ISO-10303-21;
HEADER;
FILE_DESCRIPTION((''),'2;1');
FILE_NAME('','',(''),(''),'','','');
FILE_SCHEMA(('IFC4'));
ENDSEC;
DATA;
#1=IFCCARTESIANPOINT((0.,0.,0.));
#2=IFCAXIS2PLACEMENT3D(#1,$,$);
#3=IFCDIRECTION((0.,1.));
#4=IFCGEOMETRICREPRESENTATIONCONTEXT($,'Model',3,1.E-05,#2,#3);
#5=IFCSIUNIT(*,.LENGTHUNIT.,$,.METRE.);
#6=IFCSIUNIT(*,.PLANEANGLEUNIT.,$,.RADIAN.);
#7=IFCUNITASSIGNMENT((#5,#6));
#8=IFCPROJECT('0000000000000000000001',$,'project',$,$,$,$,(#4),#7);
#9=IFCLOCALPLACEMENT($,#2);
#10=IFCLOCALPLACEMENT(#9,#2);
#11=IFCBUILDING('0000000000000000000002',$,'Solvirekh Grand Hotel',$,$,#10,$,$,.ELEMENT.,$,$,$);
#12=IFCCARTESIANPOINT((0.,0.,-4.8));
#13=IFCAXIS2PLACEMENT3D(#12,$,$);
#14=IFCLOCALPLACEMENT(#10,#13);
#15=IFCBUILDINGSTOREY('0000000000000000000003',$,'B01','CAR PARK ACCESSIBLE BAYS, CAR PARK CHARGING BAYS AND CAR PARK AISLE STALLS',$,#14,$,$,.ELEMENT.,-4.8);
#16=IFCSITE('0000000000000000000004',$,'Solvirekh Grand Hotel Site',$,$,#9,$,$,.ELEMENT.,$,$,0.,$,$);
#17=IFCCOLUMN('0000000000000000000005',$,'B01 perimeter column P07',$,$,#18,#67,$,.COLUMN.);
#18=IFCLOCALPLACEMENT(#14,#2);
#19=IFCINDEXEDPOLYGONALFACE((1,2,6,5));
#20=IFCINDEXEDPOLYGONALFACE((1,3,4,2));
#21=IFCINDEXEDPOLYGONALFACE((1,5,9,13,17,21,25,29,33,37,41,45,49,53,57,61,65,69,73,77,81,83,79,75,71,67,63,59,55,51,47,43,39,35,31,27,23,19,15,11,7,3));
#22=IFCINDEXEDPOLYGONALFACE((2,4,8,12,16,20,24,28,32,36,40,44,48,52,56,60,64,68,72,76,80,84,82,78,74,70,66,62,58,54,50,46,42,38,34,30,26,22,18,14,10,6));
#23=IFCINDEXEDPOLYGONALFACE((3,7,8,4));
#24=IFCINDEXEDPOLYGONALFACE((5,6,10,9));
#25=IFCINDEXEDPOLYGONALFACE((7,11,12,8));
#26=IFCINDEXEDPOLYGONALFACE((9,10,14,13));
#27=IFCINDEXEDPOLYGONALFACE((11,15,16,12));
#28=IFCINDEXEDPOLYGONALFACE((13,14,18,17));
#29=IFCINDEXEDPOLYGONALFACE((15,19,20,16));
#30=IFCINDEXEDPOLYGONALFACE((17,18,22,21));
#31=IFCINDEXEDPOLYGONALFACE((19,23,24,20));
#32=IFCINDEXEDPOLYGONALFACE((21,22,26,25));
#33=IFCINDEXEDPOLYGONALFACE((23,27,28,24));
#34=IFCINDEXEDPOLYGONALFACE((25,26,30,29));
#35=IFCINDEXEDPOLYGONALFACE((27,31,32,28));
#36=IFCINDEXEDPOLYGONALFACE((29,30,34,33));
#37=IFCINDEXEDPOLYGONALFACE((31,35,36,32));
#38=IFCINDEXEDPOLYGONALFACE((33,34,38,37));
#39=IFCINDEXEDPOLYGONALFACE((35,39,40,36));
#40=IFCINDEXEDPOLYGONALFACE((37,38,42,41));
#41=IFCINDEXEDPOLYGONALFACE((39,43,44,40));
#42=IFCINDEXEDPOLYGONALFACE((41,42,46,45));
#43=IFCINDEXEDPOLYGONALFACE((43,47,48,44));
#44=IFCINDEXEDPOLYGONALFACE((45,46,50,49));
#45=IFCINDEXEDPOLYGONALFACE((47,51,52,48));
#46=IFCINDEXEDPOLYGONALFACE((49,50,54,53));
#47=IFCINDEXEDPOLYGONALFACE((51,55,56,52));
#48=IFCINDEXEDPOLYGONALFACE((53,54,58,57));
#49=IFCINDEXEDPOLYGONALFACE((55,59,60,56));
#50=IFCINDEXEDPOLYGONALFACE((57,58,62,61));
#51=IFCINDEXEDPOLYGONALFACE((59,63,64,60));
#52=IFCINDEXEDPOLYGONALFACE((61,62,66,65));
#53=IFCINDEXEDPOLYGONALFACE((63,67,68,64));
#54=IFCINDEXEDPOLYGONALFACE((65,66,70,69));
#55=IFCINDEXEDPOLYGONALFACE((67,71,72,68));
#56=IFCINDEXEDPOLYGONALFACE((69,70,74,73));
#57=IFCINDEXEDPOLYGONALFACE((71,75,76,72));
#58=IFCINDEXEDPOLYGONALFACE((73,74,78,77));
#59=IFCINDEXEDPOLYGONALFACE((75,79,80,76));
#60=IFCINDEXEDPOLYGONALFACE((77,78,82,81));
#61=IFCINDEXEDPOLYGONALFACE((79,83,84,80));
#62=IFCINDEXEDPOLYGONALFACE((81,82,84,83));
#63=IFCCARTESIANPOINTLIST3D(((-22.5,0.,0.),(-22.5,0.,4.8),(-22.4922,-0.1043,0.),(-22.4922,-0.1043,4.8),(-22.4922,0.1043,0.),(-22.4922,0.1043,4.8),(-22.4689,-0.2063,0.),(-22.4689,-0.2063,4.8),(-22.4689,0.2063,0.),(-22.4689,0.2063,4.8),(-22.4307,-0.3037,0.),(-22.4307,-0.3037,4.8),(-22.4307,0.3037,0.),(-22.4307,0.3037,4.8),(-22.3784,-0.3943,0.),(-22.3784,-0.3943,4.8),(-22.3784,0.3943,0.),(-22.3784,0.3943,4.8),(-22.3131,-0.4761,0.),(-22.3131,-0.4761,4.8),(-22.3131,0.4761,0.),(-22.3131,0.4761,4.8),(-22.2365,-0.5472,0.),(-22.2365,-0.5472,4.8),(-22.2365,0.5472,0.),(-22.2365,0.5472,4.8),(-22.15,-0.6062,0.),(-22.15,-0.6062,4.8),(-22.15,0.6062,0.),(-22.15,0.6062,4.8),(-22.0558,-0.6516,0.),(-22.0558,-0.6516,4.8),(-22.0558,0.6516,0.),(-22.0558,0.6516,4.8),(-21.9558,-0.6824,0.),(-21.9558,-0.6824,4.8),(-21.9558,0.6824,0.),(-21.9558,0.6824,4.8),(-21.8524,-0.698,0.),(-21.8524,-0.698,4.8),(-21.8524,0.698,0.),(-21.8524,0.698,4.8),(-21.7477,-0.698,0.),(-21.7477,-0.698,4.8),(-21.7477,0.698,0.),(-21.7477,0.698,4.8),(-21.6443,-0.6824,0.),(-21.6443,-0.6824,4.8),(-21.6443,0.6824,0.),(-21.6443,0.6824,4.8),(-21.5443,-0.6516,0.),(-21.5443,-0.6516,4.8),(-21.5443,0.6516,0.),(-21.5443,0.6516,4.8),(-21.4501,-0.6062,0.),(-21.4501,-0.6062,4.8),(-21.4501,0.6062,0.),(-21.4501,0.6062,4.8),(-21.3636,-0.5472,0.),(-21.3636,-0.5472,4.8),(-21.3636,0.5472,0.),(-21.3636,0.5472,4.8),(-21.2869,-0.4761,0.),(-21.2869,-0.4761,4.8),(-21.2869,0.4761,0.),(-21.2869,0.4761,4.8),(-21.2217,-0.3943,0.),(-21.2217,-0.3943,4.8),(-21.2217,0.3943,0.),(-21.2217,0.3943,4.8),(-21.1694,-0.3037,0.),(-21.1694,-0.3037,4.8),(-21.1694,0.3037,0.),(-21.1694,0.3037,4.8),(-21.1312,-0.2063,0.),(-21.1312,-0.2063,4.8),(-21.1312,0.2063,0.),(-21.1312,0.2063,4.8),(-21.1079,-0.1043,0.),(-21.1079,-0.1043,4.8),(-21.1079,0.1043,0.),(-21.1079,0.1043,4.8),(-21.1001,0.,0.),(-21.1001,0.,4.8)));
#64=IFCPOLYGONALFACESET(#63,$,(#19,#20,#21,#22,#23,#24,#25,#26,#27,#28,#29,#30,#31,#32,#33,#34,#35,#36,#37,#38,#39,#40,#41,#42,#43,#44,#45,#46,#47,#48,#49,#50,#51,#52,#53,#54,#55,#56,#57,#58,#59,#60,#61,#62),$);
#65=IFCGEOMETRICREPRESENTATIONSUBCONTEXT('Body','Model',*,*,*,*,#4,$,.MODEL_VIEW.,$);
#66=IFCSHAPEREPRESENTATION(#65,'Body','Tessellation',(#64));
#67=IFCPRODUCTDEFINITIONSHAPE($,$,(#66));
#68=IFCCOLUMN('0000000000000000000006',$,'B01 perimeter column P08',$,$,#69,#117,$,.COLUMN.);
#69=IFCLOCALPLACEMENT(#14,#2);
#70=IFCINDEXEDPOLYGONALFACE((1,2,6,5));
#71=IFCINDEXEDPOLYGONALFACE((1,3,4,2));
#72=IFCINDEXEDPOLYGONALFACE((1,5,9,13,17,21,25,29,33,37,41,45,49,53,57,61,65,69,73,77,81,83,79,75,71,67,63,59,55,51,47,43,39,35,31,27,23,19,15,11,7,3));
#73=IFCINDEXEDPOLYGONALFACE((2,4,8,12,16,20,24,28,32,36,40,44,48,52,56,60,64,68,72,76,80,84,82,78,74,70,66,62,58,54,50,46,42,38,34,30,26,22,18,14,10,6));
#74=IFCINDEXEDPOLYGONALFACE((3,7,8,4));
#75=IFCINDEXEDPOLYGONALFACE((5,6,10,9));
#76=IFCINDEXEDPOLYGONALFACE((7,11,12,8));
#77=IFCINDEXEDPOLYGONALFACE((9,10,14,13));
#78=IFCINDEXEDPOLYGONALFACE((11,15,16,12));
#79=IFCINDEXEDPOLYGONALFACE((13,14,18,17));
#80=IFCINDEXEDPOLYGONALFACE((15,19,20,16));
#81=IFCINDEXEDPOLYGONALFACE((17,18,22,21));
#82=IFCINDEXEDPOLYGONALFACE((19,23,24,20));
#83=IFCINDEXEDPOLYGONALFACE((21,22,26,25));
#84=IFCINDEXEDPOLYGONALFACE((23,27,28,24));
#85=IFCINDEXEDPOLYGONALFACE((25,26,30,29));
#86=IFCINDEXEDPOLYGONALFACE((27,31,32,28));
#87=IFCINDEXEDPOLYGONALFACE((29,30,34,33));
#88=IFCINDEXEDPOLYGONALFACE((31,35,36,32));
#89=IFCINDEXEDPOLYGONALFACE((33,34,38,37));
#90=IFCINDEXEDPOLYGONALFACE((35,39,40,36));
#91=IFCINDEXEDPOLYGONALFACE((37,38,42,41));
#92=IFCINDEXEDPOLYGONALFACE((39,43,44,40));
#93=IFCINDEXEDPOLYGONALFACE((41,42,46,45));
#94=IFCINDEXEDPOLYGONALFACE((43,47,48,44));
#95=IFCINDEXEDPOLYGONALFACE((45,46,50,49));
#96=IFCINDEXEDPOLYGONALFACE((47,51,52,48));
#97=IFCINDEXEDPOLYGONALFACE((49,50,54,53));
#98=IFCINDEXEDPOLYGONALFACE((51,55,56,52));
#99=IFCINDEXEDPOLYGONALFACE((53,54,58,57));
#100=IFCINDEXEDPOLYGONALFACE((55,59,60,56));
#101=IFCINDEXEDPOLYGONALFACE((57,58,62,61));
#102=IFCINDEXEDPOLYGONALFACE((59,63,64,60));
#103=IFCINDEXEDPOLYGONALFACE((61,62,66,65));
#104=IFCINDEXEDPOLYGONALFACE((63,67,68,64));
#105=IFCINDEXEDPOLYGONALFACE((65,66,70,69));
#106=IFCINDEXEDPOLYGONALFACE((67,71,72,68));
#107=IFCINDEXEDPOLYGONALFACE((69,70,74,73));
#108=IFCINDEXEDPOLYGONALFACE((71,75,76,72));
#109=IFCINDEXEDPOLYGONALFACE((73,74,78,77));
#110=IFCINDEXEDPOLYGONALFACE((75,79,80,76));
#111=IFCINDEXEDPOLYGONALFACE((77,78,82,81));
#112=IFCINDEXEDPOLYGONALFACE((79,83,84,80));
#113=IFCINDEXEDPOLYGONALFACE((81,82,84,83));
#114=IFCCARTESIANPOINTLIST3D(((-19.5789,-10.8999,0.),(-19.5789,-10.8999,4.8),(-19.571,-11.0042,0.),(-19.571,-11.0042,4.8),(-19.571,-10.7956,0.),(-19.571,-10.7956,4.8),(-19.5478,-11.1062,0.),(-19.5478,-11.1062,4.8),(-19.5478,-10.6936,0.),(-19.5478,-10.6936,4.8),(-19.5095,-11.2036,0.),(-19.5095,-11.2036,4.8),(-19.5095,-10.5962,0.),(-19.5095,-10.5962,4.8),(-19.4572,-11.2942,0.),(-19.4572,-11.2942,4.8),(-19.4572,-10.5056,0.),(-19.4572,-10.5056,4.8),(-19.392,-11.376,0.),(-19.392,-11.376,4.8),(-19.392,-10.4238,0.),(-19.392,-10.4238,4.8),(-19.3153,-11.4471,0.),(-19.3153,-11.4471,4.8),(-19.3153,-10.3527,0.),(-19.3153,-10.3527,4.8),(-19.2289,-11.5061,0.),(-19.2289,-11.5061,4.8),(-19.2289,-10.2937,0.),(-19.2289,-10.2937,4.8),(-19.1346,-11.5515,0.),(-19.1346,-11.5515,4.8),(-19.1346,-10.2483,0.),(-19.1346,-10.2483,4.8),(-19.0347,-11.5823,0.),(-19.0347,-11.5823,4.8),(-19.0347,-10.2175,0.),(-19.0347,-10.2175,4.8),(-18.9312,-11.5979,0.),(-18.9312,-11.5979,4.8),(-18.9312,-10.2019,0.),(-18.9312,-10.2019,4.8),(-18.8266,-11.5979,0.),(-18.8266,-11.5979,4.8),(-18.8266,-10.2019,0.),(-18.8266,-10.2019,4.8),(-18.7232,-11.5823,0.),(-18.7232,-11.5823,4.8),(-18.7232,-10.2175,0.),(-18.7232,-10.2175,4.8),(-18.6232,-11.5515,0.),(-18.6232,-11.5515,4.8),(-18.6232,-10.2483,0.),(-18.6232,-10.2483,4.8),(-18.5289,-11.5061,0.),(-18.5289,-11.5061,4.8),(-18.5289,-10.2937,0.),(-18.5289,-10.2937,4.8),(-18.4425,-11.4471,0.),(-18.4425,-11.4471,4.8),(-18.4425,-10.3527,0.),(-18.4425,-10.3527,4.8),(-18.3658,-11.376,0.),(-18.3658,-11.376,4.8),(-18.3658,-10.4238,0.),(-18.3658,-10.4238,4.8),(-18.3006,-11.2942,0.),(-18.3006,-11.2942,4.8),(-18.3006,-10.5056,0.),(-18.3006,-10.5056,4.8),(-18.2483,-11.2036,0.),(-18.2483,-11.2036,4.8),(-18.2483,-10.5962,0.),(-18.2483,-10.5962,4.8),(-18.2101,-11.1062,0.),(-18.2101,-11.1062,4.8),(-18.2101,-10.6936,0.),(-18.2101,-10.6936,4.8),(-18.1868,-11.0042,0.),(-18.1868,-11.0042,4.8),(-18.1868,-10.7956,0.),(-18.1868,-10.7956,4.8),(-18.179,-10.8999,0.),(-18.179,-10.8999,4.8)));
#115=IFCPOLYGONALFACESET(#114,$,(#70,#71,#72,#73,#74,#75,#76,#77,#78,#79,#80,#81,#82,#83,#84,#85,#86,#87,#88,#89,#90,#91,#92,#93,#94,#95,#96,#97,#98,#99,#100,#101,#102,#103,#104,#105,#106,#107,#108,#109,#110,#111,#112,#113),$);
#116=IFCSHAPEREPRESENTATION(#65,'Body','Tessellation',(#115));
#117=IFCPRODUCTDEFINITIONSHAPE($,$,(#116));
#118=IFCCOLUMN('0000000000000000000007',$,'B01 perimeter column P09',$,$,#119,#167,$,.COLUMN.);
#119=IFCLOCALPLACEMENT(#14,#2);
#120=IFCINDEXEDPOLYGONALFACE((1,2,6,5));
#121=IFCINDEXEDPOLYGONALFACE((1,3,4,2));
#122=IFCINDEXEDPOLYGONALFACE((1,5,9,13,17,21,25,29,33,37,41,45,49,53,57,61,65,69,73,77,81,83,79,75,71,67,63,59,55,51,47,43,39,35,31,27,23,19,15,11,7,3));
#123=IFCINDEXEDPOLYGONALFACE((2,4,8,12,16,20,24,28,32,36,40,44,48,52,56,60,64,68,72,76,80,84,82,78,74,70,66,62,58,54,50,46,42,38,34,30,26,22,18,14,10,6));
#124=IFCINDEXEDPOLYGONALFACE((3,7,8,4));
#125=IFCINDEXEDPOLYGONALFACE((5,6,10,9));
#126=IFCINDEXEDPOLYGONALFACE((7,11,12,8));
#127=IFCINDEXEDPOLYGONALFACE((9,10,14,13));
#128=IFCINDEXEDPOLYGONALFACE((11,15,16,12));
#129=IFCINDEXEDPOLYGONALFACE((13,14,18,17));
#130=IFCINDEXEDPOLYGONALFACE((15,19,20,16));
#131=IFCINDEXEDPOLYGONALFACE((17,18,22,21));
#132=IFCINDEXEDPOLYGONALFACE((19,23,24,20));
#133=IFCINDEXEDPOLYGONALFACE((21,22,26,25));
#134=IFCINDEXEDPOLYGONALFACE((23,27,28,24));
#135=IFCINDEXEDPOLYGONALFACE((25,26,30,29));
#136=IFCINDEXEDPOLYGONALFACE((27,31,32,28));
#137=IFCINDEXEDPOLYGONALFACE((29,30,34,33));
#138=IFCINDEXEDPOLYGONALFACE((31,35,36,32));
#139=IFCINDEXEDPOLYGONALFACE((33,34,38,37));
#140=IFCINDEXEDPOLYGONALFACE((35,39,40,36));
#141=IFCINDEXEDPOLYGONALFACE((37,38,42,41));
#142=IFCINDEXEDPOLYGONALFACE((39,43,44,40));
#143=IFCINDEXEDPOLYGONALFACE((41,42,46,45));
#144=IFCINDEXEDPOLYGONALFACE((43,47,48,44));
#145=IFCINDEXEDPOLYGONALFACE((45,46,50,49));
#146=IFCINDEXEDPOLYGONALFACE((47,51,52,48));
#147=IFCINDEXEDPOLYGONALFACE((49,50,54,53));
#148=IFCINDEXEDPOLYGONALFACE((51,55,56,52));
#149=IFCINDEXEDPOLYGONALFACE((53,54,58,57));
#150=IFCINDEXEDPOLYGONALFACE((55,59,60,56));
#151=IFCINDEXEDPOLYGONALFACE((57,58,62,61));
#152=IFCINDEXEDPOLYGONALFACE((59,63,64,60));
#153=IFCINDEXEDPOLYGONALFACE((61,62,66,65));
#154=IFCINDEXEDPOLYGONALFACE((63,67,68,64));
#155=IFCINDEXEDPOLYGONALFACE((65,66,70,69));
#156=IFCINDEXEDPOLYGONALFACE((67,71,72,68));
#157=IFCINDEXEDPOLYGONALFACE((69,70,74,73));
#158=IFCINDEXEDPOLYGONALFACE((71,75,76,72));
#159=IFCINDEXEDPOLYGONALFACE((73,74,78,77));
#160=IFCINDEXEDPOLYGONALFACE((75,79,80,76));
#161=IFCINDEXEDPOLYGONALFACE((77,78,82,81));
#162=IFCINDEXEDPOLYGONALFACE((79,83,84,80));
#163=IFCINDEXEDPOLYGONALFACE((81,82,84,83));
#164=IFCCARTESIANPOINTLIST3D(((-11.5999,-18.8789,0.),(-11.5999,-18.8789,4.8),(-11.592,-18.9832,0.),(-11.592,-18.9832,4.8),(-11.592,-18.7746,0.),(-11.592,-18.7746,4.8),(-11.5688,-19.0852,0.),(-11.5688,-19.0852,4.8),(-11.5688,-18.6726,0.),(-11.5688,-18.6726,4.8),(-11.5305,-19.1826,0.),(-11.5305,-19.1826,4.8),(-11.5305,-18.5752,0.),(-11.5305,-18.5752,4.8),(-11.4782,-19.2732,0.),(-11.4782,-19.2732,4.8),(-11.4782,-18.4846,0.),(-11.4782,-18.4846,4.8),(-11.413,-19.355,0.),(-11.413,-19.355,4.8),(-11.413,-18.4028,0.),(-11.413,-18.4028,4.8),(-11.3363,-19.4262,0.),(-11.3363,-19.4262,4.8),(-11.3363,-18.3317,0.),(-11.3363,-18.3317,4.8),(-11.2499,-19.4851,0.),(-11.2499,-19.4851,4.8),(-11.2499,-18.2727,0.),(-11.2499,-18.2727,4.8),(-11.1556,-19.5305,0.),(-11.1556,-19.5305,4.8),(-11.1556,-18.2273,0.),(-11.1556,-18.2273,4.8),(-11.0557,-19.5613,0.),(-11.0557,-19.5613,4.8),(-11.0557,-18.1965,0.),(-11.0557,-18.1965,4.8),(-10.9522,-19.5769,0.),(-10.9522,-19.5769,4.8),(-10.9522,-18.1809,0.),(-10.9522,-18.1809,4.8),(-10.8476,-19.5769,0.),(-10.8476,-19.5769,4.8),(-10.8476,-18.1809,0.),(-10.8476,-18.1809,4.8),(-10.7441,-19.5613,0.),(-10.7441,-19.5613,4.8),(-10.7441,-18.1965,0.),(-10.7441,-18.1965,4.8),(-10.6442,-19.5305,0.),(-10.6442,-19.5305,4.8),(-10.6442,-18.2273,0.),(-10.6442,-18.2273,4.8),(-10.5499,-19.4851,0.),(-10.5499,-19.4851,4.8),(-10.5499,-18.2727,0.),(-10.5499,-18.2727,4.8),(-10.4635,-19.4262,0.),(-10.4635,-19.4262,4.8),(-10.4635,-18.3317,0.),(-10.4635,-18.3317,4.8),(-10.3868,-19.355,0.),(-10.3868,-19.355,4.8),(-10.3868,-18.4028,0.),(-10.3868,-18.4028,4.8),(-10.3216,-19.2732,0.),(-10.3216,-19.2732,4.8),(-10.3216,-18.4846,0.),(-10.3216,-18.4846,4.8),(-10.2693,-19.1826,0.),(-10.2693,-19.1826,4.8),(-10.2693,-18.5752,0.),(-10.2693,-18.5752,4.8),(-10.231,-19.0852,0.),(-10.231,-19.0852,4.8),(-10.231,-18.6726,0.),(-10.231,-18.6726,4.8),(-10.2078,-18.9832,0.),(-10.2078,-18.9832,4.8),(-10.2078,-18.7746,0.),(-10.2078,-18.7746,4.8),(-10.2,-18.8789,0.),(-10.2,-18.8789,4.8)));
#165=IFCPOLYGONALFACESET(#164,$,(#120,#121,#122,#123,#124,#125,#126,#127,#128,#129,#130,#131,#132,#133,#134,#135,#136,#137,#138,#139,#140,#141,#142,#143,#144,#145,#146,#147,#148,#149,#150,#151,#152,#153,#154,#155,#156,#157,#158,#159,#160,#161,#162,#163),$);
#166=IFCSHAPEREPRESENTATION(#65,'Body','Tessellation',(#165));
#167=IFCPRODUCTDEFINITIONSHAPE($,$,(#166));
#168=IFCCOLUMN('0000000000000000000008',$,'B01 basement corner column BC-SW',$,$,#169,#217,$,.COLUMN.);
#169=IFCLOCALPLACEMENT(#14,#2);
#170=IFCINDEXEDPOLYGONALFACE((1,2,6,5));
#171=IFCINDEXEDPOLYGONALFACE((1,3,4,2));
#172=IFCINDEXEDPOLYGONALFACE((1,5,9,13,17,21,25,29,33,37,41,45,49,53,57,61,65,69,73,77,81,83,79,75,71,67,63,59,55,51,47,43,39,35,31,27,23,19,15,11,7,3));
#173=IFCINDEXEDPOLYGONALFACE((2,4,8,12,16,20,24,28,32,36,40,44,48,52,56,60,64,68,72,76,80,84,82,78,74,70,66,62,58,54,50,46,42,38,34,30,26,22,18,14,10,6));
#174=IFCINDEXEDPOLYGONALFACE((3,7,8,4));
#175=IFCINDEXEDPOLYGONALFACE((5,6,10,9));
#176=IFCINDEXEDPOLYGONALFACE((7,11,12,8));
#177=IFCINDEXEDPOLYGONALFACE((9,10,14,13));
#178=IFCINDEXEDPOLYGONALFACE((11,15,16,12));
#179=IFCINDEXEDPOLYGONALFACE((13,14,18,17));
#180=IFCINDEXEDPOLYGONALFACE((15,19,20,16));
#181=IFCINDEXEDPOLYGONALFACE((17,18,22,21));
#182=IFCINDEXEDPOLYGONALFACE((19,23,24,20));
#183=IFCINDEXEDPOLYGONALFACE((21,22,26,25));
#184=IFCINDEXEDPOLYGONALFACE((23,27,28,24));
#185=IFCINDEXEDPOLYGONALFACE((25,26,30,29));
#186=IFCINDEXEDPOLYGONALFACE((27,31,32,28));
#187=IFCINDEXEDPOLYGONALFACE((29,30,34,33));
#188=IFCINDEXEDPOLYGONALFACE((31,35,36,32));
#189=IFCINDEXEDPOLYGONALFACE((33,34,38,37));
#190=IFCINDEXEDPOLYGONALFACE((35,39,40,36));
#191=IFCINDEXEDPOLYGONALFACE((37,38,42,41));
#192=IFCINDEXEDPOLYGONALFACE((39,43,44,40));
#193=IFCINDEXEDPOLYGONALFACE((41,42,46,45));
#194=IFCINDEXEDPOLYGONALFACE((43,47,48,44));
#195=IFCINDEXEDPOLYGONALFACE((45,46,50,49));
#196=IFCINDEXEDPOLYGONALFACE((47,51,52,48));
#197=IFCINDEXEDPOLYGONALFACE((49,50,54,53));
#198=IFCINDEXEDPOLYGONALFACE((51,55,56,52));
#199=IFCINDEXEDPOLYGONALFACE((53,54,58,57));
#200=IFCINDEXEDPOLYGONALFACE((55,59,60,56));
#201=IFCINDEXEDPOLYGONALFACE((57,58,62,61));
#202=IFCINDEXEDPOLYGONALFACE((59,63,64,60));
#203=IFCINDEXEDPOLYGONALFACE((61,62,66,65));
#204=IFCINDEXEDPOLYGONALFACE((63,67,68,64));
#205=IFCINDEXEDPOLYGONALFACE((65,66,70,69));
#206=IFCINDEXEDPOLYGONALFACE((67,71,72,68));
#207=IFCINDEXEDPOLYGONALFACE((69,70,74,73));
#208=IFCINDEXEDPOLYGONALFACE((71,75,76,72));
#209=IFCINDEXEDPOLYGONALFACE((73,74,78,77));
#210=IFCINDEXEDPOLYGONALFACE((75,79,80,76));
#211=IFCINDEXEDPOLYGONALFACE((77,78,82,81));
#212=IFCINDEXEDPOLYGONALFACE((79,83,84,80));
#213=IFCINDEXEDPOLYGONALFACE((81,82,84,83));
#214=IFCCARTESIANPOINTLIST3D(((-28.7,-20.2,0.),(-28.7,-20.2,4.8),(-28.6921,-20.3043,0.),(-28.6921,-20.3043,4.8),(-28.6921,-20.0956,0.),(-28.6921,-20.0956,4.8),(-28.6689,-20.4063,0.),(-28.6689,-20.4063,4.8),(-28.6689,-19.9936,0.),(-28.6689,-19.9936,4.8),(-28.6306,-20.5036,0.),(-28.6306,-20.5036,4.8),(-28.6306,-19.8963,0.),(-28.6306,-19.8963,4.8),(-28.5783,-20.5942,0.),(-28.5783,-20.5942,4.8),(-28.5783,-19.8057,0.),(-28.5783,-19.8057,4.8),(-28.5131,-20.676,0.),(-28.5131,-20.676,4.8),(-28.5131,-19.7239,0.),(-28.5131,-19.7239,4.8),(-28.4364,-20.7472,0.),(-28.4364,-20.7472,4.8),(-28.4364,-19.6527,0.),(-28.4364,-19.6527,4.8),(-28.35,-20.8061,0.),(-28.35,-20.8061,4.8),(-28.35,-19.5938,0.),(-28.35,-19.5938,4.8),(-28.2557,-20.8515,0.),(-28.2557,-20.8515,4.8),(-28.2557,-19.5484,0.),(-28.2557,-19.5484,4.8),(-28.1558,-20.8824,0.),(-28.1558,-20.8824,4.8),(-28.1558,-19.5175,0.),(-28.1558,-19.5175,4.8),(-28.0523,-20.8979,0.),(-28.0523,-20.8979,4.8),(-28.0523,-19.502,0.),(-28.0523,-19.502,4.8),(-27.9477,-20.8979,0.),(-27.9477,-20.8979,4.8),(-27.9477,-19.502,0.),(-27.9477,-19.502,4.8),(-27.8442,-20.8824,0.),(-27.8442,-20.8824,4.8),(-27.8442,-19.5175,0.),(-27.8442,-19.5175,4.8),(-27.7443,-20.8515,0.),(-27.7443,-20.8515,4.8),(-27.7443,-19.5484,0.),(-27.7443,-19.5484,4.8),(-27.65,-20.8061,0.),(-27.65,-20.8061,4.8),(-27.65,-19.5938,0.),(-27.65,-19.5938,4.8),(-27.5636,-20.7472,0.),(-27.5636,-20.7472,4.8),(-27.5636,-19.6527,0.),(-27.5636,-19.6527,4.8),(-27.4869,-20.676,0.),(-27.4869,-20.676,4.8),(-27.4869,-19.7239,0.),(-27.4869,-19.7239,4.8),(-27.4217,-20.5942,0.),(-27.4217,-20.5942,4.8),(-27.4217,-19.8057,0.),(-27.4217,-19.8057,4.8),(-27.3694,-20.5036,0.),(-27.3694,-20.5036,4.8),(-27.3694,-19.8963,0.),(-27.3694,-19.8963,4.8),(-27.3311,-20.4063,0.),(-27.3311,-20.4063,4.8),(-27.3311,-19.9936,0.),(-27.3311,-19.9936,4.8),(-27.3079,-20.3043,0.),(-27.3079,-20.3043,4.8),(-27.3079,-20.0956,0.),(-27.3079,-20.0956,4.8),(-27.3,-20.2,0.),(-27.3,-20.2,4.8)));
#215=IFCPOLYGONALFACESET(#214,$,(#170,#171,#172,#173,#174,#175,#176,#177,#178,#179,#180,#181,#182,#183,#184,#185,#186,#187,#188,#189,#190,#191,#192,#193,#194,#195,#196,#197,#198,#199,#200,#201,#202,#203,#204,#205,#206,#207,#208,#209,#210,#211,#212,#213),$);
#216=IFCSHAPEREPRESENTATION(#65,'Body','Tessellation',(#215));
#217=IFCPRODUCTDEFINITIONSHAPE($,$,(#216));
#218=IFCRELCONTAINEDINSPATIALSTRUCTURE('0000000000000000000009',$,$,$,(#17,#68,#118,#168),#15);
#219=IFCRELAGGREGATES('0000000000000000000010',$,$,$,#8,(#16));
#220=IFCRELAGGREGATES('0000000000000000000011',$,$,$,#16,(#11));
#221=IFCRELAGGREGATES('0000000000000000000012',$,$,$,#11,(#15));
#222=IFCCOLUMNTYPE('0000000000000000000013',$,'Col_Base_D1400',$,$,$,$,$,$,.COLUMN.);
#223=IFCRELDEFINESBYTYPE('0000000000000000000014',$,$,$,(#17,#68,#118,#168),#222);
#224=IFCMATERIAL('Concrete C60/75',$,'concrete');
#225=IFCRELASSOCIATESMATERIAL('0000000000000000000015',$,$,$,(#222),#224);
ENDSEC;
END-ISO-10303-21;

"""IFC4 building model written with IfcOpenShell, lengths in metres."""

from ifc_helpers import new_model, si_unit, direction, frame, origin, origin_2d, place, context, subcontext, project, spatial, circle, extrude, material, material_profile, profile_set, type_object, element, save


model = new_model("IFC4")

# Units and contexts
model_context = context("Model", 3, precision=1e-05, world=origin(), true_north=direction((0.0, 1.0)))
body_context = subcontext(model_context, "Body", "Model", "MODEL_VIEW")
ifc_project = project(units=[si_unit("LENGTHUNIT", "METRE"), si_unit("PLANEANGLEUNIT", "RADIAN")], contexts=[model_context])

# Site, building, storey
site_placement = place(None, origin())
site = spatial("IfcSite", under=ifc_project, at=site_placement, Name="Solvirekh Grand Hotel Site", CompositionType="ELEMENT", RefElevation=0.0)
building_placement = place(site_placement, origin())
building = spatial("IfcBuilding", under=site, at=building_placement, Name="Solvirekh Grand Hotel", CompositionType="ELEMENT")
storey_placement = place(building_placement, frame((0.0, 0.0, -4.8)))
storey = spatial("IfcBuildingStorey", under=building, at=storey_placement, Name="B01", Description="CAR PARK ACCESSIBLE BAYS, CAR PARK CHARGING BAYS AND CAR PARK AISLE STALLS", CompositionType="ELEMENT", Elevation=-4.8)

# Columns
ifc_material_1 = material(Name="Concrete C60/75", Category="concrete")
ifc_material_profile_1 = material_profile(ifc_material_1, circle(Radius=0.7, at=origin_2d()), Name="RC CIRC D1400")
ifc_profile_set_1 = profile_set([ifc_material_profile_1], Name="Concrete C60/75")
column_type_1 = type_object("IfcColumnType", Name="Col_Base_D1400", PredefinedType="COLUMN", material=ifc_profile_set_1)
for number, where, z_axis, x_axis, name in (
    (1, (-21.8, 0.0, 0.0), (0.0, 0.0, 1.0), (1.0, 0.0, 0.0), "B01 perimeter column P07"),
    (2, (-18.8789, -10.8999, 0.0), (0.0, 0.0, 1.0), (1.0, 0.0, 0.0), "B01 perimeter column P08"),
    (3, (-10.8999, -18.8789, 0.0), (0.0, 0.0, 1.0), (1.0, 0.0, 0.0), "B01 perimeter column P09"),
    (4, (-28.0, -20.2, 0.0), (0.0, 0.0, 1.0), (1.0, 0.0, 0.0), "B01 basement corner column BC-SW"),
):
    element("IfcColumn", number, at=place(storey_placement, frame(where, z_axis=z_axis, x_axis=x_axis)), inside=storey, type_object=column_type_1, Name=name, PredefinedType="COLUMN", context=body_context, shape_type="SweptSolid", body=[
        extrude(circle(Radius=0.7, at=origin_2d()), origin(), (0.0, 0.0, 1.0), 4.8),
    ])

save(model, "model.ifc")
